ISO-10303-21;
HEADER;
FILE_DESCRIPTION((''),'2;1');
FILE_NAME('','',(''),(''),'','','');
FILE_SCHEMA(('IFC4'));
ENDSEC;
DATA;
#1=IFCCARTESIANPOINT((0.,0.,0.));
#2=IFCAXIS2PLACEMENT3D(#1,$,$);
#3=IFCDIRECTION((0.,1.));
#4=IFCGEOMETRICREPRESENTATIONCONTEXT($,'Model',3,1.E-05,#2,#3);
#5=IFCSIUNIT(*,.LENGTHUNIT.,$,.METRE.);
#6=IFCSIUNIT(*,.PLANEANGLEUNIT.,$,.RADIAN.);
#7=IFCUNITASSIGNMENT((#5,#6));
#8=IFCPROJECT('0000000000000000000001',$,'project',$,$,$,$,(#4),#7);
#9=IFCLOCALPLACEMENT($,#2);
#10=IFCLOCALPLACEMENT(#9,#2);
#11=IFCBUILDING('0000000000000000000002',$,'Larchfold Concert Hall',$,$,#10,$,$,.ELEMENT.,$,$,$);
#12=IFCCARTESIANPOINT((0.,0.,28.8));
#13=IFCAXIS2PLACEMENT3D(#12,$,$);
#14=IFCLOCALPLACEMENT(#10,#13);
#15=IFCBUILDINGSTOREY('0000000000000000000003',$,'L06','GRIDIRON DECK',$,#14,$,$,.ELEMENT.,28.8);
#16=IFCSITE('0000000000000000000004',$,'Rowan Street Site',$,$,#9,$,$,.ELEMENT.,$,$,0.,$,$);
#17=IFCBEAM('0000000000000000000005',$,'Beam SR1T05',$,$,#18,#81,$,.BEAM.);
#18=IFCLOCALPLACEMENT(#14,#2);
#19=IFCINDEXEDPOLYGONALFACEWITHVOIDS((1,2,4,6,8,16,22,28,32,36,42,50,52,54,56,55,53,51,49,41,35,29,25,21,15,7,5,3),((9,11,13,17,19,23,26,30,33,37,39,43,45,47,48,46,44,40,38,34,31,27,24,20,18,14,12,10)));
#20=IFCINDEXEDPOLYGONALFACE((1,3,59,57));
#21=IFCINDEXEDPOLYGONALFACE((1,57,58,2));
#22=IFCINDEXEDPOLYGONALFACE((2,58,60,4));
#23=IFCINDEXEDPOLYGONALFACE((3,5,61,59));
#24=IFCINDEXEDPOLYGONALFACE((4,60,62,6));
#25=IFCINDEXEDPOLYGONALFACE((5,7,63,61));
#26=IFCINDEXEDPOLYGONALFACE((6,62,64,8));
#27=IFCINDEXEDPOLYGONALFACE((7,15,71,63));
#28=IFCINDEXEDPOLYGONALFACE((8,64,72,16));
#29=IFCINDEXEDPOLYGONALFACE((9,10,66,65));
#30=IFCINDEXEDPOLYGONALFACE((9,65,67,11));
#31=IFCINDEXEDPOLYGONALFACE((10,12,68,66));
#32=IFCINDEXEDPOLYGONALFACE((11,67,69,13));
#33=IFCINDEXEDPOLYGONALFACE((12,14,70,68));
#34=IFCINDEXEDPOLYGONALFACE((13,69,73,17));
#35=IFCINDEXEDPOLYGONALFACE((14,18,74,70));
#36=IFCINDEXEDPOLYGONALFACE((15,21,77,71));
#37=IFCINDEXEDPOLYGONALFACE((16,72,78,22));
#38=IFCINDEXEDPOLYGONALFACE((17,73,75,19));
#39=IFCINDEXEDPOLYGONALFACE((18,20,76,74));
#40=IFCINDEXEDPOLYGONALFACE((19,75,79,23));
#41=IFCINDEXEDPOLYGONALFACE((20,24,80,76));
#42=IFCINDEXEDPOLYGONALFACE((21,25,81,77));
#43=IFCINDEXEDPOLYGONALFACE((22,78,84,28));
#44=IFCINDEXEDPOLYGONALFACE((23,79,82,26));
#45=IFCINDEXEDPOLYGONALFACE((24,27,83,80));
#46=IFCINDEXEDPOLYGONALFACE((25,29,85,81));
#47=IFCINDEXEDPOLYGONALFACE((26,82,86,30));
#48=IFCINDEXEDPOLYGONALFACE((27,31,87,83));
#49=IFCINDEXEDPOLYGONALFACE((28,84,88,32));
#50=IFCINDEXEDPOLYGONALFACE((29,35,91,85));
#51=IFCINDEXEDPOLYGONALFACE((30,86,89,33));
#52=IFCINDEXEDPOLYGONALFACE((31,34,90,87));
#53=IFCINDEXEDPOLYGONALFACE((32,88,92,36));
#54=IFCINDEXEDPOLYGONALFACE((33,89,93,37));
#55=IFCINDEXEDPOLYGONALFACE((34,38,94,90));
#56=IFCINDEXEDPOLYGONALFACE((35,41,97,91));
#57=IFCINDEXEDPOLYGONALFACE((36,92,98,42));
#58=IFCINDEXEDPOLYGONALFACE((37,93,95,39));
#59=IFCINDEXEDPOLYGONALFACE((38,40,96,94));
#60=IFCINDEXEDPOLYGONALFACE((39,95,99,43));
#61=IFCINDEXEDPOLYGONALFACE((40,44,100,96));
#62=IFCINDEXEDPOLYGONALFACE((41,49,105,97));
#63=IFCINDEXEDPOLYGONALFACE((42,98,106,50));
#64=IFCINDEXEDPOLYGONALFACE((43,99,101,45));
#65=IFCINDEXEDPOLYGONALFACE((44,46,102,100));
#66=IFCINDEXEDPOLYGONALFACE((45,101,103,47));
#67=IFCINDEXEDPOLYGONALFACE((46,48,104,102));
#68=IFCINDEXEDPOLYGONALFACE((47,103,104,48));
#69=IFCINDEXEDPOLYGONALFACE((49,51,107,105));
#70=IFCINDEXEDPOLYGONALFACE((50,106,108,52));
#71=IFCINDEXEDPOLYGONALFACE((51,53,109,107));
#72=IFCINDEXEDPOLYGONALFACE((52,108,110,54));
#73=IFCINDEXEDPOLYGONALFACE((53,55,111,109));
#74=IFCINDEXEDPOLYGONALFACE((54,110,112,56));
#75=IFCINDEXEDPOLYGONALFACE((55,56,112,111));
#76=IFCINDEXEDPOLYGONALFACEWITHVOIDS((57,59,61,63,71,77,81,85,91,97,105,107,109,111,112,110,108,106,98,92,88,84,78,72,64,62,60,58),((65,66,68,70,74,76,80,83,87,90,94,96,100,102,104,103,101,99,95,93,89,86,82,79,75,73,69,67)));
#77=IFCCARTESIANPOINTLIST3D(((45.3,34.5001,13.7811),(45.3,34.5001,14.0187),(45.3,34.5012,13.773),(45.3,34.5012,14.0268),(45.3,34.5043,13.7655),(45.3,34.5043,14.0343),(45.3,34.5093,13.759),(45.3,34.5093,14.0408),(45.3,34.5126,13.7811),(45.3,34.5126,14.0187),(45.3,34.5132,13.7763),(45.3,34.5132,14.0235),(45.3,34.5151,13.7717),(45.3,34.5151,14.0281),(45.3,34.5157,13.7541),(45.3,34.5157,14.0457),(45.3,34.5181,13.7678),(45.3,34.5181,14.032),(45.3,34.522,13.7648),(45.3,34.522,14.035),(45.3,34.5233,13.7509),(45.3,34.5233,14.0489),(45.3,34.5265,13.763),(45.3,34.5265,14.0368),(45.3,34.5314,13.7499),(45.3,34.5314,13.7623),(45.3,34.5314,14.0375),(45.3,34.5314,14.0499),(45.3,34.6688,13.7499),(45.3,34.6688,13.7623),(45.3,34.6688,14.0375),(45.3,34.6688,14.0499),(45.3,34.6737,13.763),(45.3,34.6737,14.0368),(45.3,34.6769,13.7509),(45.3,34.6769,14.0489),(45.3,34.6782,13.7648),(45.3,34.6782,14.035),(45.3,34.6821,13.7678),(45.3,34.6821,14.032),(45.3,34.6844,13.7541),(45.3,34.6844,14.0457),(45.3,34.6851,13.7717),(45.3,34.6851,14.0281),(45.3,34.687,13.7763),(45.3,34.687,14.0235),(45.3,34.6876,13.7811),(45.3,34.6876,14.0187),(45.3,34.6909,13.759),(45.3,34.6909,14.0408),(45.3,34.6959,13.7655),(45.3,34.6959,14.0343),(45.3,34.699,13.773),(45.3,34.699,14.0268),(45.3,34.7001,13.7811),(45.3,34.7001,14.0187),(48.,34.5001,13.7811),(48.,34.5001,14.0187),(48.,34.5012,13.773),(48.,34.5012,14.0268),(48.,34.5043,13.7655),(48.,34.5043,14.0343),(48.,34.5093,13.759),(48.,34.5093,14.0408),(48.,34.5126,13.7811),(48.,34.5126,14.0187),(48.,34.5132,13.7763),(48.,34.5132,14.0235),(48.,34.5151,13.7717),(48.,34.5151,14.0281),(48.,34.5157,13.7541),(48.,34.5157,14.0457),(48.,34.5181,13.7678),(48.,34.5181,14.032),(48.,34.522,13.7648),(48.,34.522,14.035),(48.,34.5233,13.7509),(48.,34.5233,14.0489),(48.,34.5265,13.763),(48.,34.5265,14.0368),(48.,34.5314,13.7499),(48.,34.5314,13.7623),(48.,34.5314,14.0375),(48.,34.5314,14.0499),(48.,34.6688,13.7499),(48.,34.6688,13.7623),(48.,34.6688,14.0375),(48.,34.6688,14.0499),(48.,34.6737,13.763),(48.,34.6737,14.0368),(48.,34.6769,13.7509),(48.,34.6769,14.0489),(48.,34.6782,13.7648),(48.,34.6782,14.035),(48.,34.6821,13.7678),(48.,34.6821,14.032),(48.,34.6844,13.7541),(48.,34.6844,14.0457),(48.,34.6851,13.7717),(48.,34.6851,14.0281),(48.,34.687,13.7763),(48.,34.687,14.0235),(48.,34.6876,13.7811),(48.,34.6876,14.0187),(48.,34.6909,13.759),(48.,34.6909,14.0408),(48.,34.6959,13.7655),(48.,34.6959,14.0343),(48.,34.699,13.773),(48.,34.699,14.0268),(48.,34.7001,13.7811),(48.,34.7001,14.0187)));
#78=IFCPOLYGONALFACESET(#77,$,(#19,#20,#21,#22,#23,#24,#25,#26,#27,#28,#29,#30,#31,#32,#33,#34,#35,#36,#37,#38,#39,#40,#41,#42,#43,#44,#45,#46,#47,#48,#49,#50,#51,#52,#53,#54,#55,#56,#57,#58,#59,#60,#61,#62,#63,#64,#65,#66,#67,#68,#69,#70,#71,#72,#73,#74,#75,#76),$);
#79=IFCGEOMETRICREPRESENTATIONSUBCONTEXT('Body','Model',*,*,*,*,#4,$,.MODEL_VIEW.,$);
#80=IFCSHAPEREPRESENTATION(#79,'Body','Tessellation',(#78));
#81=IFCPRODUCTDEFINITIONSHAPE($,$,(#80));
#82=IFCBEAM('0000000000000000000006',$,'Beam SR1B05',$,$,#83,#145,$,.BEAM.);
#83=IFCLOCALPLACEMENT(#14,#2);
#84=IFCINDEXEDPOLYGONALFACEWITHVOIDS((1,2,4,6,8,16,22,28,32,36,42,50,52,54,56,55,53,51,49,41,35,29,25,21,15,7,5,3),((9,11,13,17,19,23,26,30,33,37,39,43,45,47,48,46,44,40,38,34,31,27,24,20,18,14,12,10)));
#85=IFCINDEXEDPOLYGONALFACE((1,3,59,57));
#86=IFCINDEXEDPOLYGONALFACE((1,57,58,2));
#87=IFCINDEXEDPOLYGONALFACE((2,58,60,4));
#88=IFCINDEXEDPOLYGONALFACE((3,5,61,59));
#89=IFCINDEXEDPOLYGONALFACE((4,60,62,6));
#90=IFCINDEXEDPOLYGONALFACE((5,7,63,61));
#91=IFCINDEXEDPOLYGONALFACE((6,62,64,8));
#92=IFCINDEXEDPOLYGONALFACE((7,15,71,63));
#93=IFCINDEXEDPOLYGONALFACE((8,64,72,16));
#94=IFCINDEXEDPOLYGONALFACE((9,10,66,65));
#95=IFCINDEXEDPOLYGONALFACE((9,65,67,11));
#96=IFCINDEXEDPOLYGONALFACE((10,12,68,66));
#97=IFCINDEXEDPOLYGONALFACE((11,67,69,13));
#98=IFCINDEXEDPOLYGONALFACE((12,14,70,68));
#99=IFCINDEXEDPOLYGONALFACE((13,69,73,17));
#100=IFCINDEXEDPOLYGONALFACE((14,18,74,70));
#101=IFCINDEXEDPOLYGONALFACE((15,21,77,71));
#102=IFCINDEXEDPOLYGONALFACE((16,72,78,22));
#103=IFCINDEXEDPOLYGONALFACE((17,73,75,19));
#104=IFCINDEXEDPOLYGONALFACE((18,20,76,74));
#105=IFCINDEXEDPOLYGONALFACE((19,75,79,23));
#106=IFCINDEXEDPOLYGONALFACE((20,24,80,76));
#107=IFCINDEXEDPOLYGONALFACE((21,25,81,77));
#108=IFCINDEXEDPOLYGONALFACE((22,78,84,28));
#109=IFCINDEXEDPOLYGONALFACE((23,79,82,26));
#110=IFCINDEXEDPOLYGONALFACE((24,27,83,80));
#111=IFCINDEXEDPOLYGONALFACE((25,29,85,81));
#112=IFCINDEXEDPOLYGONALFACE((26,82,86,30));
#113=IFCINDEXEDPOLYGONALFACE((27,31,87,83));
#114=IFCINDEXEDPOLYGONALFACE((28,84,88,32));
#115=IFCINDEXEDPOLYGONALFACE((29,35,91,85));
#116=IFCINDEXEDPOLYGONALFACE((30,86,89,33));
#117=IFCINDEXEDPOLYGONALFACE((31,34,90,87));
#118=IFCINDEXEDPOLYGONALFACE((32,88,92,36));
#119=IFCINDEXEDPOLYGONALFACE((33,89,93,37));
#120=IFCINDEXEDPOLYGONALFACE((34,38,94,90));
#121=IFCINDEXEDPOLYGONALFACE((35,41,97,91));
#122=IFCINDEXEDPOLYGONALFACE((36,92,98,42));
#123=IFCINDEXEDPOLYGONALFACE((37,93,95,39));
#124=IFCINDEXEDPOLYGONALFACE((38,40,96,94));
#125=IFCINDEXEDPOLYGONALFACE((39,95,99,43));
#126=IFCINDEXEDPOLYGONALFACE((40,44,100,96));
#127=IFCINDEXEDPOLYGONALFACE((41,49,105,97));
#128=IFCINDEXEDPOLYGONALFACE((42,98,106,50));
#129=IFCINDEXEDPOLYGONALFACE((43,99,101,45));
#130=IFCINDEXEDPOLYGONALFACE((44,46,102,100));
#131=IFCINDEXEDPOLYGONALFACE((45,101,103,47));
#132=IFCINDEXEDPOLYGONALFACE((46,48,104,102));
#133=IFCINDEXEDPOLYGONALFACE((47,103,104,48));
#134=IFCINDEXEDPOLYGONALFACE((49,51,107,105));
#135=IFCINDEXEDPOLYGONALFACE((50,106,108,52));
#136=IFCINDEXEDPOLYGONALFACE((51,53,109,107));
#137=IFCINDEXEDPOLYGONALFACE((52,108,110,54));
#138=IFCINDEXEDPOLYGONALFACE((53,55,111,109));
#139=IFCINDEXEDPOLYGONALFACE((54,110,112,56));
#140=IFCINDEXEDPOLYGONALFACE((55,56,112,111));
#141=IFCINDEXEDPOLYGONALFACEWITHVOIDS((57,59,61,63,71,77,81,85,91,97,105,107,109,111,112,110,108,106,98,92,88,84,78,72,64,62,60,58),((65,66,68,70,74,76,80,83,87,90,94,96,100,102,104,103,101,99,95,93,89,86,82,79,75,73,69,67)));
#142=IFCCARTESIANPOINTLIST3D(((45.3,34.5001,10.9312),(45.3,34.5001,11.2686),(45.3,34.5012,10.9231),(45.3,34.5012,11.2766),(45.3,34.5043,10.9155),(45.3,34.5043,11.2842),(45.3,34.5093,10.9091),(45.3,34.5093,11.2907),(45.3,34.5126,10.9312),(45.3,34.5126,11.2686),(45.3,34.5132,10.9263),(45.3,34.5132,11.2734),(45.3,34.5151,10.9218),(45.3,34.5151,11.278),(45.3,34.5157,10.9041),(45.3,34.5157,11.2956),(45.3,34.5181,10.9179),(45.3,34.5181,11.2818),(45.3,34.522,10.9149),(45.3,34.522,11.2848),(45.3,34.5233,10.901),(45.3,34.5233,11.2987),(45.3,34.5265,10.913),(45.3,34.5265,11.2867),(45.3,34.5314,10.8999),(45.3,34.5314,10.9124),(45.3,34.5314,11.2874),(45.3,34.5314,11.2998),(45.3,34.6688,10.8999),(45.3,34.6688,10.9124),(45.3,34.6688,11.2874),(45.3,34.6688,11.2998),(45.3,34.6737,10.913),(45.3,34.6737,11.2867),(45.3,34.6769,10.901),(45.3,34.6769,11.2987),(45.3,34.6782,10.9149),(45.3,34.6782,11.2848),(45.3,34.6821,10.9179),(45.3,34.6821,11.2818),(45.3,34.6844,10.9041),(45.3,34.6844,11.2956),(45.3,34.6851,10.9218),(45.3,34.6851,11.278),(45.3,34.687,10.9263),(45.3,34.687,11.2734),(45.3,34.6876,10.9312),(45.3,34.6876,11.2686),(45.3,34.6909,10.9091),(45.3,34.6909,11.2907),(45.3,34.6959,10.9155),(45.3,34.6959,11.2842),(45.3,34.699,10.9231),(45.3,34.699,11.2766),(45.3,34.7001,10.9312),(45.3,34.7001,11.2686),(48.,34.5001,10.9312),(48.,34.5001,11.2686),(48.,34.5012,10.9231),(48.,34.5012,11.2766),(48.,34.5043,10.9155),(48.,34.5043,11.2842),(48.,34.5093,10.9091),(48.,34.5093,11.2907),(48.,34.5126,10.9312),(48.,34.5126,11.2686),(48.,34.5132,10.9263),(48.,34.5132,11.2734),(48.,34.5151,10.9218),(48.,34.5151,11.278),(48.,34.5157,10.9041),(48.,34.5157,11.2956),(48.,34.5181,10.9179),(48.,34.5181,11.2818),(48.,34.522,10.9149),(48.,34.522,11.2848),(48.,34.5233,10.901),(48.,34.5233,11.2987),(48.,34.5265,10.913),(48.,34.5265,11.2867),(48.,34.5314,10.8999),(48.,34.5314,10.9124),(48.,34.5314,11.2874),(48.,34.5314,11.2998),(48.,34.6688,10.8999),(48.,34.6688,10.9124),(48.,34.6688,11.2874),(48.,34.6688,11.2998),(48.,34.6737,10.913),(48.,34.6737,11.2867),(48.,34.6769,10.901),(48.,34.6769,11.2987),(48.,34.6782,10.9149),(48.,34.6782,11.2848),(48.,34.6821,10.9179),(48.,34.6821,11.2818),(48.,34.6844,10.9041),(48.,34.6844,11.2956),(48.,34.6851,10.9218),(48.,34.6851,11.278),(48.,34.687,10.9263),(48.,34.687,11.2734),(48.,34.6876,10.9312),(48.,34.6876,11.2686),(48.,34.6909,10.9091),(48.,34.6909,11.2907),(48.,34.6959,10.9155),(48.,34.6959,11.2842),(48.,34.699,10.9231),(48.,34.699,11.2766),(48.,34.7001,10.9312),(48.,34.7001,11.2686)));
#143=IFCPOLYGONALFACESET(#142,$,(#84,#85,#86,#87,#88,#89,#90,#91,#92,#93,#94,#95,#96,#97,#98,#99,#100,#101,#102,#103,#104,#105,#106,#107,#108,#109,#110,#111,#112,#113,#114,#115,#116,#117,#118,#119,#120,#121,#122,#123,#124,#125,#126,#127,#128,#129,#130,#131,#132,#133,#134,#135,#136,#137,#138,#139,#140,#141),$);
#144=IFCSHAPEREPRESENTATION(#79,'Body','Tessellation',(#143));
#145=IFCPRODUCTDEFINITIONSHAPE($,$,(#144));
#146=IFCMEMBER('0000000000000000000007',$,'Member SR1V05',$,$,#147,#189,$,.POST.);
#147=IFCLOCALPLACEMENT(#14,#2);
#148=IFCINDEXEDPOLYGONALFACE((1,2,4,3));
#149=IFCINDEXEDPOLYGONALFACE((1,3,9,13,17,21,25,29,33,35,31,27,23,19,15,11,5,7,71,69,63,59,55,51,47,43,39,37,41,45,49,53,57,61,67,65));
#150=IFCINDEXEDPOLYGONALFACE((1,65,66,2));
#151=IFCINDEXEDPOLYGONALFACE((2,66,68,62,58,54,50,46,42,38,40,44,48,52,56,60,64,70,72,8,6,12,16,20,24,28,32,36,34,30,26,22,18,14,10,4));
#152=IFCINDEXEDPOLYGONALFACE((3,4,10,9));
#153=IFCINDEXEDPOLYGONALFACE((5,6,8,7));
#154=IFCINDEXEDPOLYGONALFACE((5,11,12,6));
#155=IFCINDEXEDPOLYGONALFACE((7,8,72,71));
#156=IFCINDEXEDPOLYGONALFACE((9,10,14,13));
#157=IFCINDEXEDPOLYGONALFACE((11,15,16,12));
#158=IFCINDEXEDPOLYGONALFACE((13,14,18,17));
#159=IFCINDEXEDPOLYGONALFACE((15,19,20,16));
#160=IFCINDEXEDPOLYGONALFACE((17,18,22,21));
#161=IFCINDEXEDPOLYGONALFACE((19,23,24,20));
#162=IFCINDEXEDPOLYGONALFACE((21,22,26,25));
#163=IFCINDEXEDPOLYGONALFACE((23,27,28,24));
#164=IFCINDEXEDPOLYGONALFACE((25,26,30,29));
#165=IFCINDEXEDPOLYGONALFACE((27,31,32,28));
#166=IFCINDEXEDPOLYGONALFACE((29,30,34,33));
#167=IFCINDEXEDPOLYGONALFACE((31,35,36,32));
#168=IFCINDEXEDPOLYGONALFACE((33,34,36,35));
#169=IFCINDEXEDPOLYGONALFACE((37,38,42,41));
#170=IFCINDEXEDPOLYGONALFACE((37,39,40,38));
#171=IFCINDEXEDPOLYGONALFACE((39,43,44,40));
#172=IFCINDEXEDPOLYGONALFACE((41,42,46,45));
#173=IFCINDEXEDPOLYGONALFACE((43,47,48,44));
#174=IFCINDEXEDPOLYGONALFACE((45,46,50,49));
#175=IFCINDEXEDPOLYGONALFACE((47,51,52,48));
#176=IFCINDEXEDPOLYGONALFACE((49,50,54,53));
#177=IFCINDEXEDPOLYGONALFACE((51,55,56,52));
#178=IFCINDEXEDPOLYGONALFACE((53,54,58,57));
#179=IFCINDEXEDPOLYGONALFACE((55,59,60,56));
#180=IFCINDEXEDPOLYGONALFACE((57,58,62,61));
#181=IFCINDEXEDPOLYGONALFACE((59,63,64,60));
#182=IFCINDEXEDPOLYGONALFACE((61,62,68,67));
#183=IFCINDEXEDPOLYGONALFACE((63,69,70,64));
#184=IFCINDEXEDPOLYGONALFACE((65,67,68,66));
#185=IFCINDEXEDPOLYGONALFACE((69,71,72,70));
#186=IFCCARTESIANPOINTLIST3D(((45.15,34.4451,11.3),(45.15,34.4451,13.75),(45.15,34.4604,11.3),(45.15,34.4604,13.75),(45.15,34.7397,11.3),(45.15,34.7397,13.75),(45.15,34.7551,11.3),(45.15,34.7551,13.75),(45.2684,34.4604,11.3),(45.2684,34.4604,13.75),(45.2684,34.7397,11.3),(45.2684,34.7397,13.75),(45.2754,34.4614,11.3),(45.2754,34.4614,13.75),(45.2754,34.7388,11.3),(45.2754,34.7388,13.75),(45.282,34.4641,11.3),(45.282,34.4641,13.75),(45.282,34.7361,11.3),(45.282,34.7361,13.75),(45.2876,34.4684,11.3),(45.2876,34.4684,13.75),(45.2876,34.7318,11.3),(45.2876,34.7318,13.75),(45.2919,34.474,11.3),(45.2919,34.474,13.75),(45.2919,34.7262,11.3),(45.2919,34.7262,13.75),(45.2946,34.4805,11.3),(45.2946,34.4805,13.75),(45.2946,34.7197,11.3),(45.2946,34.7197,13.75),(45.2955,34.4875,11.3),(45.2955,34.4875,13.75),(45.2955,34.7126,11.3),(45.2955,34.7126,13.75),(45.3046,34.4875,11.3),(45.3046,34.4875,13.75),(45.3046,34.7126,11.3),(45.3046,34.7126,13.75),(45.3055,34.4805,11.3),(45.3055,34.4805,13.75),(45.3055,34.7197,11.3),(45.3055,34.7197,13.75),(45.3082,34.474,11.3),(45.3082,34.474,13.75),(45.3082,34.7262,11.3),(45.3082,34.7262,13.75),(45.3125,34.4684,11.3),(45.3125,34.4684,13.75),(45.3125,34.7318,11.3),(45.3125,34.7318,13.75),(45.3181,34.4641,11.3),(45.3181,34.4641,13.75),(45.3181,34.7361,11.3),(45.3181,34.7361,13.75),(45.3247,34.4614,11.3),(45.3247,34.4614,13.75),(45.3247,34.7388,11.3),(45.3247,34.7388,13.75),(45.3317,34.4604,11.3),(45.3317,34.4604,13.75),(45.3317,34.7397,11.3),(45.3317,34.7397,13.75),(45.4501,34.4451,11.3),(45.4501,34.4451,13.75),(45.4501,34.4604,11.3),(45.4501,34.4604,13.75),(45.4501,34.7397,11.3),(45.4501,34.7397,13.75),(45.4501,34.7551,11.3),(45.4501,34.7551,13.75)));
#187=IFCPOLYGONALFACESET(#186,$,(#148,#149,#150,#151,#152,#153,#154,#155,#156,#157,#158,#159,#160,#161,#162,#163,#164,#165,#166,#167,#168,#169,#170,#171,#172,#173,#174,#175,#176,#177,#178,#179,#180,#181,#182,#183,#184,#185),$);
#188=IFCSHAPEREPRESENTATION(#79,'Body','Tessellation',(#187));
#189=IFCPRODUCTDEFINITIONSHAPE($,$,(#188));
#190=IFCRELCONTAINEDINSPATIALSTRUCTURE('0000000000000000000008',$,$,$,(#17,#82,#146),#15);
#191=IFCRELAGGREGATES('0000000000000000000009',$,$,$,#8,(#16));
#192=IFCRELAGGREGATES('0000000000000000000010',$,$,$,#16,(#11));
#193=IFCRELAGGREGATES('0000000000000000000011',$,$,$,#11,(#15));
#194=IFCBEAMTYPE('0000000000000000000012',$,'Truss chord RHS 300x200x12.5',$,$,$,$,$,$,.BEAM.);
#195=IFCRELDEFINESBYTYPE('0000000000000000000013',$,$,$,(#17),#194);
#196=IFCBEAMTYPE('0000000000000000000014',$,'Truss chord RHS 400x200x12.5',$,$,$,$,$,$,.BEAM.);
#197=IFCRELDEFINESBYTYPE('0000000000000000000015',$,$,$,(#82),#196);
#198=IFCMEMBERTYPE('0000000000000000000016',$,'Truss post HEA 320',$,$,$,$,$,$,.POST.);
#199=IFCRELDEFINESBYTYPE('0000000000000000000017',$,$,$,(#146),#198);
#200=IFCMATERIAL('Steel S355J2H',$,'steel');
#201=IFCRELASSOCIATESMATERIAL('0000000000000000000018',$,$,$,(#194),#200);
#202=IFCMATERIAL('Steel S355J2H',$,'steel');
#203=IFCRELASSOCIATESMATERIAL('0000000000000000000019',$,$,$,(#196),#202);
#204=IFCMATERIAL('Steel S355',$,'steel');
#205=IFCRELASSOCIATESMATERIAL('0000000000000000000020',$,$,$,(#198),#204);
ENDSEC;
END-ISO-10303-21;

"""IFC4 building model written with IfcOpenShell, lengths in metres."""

from ifc_helpers import new_model, si_unit, direction, frame, origin, origin_2d, place, context, subcontext, project, spatial, hollow_rectangle, i_section, extrude, material, material_profile, profile_set, type_object, element, save


model = new_model("IFC4")

# Units and contexts
model_context = context("Model", 3, precision=1e-05, world=origin(), true_north=direction((0.0, 1.0)))
body_context = subcontext(model_context, "Body", "Model", "MODEL_VIEW")
ifc_project = project(units=[si_unit("LENGTHUNIT", "METRE"), si_unit("PLANEANGLEUNIT", "RADIAN")], contexts=[model_context])

# Site, building, storey
site_placement = place(None, origin())
site = spatial("IfcSite", under=ifc_project, at=site_placement, Name="Rowan Street Site", CompositionType="ELEMENT", RefElevation=0.0)
building_placement = place(site_placement, origin())
building = spatial("IfcBuilding", under=site, at=building_placement, Name="Larchfold Concert Hall", CompositionType="ELEMENT")
storey_placement = place(building_placement, frame((0.0, 0.0, 28.8)))
storey = spatial("IfcBuildingStorey", under=building, at=storey_placement, Name="L06", Description="GRIDIRON DECK", CompositionType="ELEMENT", Elevation=28.8)

# Beams
ifc_material_1 = material(Name="Steel S355J2H", Category="steel")
ifc_material_profile_1 = material_profile(ifc_material_1, hollow_rectangle(XDim=0.2, YDim=0.3, WallThickness=0.0125, InnerFilletRadius=0.0188, OuterFilletRadius=0.0312, at=origin_2d()))
ifc_profile_set_1 = profile_set([ifc_material_profile_1], Name="Steel S355J2H")
beam_type_1 = type_object("IfcBeamType", Name="Truss chord RHS 300x200x12.5", PredefinedType="BEAM", material=ifc_profile_set_1)
beam_1_placement = place(storey_placement, frame((45.3, 34.6001, 13.8999), z_axis=(1.0, 0.0, 0.0), x_axis=(0.0, 1.0, 0.0)))
element("IfcBeam", 1, at=beam_1_placement, inside=storey, type_object=beam_type_1, Name="Beam SR1T05", PredefinedType="BEAM", context=body_context, shape_type="SweptSolid", body=[
    extrude(hollow_rectangle(XDim=0.2, YDim=0.3, WallThickness=0.0125, InnerFilletRadius=0.0188, OuterFilletRadius=0.0312, at=origin_2d()), origin(), (0.0, 0.0, 1.0), 2.7),
])
ifc_material_2 = material(Name="Steel S355J2H", Category="steel")
ifc_material_profile_2 = material_profile(ifc_material_2, hollow_rectangle(XDim=0.2, YDim=0.3999, WallThickness=0.0125, InnerFilletRadius=0.0188, OuterFilletRadius=0.0312, at=origin_2d()))
ifc_profile_set_2 = profile_set([ifc_material_profile_2], Name="Steel S355J2H")
beam_type_2 = type_object("IfcBeamType", Name="Truss chord RHS 400x200x12.5", PredefinedType="BEAM", material=ifc_profile_set_2)
beam_2_placement = place(storey_placement, frame((45.3, 34.6001, 11.0999), z_axis=(1.0, 0.0, 0.0), x_axis=(0.0, 1.0, 0.0)))
element("IfcBeam", 2, at=beam_2_placement, inside=storey, type_object=beam_type_2, Name="Beam SR1B05", PredefinedType="BEAM", context=body_context, shape_type="SweptSolid", body=[
    extrude(hollow_rectangle(XDim=0.2, YDim=0.3999, WallThickness=0.0125, InnerFilletRadius=0.0188, OuterFilletRadius=0.0312, at=origin_2d()), origin(), (0.0, 0.0, 1.0), 2.7),
])

# Member
ifc_material_3 = material(Name="Steel S355", Category="steel")
ifc_material_profile_3 = material_profile(ifc_material_3, i_section(OverallWidth=0.3, OverallDepth=0.3101, WebThickness=0.009, FlangeThickness=0.0154, FilletRadius=0.0271, at=origin_2d()))
ifc_profile_set_3 = profile_set([ifc_material_profile_3], Name="Steel S355")
member_type_1 = type_object("IfcMemberType", Name="Truss post HEA 320", PredefinedType="POST", material=ifc_profile_set_3)
member_1_placement = place(storey_placement, frame((45.3, 34.6001, 11.3), z_axis=(0.0, 0.0, 1.0), x_axis=(1.0, 0.0, 0.0)))
element("IfcMember", 3, at=member_1_placement, inside=storey, type_object=member_type_1, Name="Member SR1V05", PredefinedType="POST", context=body_context, shape_type="SweptSolid", body=[
    extrude(i_section(OverallWidth=0.3, OverallDepth=0.3101, WebThickness=0.009, FlangeThickness=0.0154, FilletRadius=0.0271, at=origin_2d()), origin(), (0.0, 0.0, 1.0), 2.45),
])

save(model, "model.ifc")
